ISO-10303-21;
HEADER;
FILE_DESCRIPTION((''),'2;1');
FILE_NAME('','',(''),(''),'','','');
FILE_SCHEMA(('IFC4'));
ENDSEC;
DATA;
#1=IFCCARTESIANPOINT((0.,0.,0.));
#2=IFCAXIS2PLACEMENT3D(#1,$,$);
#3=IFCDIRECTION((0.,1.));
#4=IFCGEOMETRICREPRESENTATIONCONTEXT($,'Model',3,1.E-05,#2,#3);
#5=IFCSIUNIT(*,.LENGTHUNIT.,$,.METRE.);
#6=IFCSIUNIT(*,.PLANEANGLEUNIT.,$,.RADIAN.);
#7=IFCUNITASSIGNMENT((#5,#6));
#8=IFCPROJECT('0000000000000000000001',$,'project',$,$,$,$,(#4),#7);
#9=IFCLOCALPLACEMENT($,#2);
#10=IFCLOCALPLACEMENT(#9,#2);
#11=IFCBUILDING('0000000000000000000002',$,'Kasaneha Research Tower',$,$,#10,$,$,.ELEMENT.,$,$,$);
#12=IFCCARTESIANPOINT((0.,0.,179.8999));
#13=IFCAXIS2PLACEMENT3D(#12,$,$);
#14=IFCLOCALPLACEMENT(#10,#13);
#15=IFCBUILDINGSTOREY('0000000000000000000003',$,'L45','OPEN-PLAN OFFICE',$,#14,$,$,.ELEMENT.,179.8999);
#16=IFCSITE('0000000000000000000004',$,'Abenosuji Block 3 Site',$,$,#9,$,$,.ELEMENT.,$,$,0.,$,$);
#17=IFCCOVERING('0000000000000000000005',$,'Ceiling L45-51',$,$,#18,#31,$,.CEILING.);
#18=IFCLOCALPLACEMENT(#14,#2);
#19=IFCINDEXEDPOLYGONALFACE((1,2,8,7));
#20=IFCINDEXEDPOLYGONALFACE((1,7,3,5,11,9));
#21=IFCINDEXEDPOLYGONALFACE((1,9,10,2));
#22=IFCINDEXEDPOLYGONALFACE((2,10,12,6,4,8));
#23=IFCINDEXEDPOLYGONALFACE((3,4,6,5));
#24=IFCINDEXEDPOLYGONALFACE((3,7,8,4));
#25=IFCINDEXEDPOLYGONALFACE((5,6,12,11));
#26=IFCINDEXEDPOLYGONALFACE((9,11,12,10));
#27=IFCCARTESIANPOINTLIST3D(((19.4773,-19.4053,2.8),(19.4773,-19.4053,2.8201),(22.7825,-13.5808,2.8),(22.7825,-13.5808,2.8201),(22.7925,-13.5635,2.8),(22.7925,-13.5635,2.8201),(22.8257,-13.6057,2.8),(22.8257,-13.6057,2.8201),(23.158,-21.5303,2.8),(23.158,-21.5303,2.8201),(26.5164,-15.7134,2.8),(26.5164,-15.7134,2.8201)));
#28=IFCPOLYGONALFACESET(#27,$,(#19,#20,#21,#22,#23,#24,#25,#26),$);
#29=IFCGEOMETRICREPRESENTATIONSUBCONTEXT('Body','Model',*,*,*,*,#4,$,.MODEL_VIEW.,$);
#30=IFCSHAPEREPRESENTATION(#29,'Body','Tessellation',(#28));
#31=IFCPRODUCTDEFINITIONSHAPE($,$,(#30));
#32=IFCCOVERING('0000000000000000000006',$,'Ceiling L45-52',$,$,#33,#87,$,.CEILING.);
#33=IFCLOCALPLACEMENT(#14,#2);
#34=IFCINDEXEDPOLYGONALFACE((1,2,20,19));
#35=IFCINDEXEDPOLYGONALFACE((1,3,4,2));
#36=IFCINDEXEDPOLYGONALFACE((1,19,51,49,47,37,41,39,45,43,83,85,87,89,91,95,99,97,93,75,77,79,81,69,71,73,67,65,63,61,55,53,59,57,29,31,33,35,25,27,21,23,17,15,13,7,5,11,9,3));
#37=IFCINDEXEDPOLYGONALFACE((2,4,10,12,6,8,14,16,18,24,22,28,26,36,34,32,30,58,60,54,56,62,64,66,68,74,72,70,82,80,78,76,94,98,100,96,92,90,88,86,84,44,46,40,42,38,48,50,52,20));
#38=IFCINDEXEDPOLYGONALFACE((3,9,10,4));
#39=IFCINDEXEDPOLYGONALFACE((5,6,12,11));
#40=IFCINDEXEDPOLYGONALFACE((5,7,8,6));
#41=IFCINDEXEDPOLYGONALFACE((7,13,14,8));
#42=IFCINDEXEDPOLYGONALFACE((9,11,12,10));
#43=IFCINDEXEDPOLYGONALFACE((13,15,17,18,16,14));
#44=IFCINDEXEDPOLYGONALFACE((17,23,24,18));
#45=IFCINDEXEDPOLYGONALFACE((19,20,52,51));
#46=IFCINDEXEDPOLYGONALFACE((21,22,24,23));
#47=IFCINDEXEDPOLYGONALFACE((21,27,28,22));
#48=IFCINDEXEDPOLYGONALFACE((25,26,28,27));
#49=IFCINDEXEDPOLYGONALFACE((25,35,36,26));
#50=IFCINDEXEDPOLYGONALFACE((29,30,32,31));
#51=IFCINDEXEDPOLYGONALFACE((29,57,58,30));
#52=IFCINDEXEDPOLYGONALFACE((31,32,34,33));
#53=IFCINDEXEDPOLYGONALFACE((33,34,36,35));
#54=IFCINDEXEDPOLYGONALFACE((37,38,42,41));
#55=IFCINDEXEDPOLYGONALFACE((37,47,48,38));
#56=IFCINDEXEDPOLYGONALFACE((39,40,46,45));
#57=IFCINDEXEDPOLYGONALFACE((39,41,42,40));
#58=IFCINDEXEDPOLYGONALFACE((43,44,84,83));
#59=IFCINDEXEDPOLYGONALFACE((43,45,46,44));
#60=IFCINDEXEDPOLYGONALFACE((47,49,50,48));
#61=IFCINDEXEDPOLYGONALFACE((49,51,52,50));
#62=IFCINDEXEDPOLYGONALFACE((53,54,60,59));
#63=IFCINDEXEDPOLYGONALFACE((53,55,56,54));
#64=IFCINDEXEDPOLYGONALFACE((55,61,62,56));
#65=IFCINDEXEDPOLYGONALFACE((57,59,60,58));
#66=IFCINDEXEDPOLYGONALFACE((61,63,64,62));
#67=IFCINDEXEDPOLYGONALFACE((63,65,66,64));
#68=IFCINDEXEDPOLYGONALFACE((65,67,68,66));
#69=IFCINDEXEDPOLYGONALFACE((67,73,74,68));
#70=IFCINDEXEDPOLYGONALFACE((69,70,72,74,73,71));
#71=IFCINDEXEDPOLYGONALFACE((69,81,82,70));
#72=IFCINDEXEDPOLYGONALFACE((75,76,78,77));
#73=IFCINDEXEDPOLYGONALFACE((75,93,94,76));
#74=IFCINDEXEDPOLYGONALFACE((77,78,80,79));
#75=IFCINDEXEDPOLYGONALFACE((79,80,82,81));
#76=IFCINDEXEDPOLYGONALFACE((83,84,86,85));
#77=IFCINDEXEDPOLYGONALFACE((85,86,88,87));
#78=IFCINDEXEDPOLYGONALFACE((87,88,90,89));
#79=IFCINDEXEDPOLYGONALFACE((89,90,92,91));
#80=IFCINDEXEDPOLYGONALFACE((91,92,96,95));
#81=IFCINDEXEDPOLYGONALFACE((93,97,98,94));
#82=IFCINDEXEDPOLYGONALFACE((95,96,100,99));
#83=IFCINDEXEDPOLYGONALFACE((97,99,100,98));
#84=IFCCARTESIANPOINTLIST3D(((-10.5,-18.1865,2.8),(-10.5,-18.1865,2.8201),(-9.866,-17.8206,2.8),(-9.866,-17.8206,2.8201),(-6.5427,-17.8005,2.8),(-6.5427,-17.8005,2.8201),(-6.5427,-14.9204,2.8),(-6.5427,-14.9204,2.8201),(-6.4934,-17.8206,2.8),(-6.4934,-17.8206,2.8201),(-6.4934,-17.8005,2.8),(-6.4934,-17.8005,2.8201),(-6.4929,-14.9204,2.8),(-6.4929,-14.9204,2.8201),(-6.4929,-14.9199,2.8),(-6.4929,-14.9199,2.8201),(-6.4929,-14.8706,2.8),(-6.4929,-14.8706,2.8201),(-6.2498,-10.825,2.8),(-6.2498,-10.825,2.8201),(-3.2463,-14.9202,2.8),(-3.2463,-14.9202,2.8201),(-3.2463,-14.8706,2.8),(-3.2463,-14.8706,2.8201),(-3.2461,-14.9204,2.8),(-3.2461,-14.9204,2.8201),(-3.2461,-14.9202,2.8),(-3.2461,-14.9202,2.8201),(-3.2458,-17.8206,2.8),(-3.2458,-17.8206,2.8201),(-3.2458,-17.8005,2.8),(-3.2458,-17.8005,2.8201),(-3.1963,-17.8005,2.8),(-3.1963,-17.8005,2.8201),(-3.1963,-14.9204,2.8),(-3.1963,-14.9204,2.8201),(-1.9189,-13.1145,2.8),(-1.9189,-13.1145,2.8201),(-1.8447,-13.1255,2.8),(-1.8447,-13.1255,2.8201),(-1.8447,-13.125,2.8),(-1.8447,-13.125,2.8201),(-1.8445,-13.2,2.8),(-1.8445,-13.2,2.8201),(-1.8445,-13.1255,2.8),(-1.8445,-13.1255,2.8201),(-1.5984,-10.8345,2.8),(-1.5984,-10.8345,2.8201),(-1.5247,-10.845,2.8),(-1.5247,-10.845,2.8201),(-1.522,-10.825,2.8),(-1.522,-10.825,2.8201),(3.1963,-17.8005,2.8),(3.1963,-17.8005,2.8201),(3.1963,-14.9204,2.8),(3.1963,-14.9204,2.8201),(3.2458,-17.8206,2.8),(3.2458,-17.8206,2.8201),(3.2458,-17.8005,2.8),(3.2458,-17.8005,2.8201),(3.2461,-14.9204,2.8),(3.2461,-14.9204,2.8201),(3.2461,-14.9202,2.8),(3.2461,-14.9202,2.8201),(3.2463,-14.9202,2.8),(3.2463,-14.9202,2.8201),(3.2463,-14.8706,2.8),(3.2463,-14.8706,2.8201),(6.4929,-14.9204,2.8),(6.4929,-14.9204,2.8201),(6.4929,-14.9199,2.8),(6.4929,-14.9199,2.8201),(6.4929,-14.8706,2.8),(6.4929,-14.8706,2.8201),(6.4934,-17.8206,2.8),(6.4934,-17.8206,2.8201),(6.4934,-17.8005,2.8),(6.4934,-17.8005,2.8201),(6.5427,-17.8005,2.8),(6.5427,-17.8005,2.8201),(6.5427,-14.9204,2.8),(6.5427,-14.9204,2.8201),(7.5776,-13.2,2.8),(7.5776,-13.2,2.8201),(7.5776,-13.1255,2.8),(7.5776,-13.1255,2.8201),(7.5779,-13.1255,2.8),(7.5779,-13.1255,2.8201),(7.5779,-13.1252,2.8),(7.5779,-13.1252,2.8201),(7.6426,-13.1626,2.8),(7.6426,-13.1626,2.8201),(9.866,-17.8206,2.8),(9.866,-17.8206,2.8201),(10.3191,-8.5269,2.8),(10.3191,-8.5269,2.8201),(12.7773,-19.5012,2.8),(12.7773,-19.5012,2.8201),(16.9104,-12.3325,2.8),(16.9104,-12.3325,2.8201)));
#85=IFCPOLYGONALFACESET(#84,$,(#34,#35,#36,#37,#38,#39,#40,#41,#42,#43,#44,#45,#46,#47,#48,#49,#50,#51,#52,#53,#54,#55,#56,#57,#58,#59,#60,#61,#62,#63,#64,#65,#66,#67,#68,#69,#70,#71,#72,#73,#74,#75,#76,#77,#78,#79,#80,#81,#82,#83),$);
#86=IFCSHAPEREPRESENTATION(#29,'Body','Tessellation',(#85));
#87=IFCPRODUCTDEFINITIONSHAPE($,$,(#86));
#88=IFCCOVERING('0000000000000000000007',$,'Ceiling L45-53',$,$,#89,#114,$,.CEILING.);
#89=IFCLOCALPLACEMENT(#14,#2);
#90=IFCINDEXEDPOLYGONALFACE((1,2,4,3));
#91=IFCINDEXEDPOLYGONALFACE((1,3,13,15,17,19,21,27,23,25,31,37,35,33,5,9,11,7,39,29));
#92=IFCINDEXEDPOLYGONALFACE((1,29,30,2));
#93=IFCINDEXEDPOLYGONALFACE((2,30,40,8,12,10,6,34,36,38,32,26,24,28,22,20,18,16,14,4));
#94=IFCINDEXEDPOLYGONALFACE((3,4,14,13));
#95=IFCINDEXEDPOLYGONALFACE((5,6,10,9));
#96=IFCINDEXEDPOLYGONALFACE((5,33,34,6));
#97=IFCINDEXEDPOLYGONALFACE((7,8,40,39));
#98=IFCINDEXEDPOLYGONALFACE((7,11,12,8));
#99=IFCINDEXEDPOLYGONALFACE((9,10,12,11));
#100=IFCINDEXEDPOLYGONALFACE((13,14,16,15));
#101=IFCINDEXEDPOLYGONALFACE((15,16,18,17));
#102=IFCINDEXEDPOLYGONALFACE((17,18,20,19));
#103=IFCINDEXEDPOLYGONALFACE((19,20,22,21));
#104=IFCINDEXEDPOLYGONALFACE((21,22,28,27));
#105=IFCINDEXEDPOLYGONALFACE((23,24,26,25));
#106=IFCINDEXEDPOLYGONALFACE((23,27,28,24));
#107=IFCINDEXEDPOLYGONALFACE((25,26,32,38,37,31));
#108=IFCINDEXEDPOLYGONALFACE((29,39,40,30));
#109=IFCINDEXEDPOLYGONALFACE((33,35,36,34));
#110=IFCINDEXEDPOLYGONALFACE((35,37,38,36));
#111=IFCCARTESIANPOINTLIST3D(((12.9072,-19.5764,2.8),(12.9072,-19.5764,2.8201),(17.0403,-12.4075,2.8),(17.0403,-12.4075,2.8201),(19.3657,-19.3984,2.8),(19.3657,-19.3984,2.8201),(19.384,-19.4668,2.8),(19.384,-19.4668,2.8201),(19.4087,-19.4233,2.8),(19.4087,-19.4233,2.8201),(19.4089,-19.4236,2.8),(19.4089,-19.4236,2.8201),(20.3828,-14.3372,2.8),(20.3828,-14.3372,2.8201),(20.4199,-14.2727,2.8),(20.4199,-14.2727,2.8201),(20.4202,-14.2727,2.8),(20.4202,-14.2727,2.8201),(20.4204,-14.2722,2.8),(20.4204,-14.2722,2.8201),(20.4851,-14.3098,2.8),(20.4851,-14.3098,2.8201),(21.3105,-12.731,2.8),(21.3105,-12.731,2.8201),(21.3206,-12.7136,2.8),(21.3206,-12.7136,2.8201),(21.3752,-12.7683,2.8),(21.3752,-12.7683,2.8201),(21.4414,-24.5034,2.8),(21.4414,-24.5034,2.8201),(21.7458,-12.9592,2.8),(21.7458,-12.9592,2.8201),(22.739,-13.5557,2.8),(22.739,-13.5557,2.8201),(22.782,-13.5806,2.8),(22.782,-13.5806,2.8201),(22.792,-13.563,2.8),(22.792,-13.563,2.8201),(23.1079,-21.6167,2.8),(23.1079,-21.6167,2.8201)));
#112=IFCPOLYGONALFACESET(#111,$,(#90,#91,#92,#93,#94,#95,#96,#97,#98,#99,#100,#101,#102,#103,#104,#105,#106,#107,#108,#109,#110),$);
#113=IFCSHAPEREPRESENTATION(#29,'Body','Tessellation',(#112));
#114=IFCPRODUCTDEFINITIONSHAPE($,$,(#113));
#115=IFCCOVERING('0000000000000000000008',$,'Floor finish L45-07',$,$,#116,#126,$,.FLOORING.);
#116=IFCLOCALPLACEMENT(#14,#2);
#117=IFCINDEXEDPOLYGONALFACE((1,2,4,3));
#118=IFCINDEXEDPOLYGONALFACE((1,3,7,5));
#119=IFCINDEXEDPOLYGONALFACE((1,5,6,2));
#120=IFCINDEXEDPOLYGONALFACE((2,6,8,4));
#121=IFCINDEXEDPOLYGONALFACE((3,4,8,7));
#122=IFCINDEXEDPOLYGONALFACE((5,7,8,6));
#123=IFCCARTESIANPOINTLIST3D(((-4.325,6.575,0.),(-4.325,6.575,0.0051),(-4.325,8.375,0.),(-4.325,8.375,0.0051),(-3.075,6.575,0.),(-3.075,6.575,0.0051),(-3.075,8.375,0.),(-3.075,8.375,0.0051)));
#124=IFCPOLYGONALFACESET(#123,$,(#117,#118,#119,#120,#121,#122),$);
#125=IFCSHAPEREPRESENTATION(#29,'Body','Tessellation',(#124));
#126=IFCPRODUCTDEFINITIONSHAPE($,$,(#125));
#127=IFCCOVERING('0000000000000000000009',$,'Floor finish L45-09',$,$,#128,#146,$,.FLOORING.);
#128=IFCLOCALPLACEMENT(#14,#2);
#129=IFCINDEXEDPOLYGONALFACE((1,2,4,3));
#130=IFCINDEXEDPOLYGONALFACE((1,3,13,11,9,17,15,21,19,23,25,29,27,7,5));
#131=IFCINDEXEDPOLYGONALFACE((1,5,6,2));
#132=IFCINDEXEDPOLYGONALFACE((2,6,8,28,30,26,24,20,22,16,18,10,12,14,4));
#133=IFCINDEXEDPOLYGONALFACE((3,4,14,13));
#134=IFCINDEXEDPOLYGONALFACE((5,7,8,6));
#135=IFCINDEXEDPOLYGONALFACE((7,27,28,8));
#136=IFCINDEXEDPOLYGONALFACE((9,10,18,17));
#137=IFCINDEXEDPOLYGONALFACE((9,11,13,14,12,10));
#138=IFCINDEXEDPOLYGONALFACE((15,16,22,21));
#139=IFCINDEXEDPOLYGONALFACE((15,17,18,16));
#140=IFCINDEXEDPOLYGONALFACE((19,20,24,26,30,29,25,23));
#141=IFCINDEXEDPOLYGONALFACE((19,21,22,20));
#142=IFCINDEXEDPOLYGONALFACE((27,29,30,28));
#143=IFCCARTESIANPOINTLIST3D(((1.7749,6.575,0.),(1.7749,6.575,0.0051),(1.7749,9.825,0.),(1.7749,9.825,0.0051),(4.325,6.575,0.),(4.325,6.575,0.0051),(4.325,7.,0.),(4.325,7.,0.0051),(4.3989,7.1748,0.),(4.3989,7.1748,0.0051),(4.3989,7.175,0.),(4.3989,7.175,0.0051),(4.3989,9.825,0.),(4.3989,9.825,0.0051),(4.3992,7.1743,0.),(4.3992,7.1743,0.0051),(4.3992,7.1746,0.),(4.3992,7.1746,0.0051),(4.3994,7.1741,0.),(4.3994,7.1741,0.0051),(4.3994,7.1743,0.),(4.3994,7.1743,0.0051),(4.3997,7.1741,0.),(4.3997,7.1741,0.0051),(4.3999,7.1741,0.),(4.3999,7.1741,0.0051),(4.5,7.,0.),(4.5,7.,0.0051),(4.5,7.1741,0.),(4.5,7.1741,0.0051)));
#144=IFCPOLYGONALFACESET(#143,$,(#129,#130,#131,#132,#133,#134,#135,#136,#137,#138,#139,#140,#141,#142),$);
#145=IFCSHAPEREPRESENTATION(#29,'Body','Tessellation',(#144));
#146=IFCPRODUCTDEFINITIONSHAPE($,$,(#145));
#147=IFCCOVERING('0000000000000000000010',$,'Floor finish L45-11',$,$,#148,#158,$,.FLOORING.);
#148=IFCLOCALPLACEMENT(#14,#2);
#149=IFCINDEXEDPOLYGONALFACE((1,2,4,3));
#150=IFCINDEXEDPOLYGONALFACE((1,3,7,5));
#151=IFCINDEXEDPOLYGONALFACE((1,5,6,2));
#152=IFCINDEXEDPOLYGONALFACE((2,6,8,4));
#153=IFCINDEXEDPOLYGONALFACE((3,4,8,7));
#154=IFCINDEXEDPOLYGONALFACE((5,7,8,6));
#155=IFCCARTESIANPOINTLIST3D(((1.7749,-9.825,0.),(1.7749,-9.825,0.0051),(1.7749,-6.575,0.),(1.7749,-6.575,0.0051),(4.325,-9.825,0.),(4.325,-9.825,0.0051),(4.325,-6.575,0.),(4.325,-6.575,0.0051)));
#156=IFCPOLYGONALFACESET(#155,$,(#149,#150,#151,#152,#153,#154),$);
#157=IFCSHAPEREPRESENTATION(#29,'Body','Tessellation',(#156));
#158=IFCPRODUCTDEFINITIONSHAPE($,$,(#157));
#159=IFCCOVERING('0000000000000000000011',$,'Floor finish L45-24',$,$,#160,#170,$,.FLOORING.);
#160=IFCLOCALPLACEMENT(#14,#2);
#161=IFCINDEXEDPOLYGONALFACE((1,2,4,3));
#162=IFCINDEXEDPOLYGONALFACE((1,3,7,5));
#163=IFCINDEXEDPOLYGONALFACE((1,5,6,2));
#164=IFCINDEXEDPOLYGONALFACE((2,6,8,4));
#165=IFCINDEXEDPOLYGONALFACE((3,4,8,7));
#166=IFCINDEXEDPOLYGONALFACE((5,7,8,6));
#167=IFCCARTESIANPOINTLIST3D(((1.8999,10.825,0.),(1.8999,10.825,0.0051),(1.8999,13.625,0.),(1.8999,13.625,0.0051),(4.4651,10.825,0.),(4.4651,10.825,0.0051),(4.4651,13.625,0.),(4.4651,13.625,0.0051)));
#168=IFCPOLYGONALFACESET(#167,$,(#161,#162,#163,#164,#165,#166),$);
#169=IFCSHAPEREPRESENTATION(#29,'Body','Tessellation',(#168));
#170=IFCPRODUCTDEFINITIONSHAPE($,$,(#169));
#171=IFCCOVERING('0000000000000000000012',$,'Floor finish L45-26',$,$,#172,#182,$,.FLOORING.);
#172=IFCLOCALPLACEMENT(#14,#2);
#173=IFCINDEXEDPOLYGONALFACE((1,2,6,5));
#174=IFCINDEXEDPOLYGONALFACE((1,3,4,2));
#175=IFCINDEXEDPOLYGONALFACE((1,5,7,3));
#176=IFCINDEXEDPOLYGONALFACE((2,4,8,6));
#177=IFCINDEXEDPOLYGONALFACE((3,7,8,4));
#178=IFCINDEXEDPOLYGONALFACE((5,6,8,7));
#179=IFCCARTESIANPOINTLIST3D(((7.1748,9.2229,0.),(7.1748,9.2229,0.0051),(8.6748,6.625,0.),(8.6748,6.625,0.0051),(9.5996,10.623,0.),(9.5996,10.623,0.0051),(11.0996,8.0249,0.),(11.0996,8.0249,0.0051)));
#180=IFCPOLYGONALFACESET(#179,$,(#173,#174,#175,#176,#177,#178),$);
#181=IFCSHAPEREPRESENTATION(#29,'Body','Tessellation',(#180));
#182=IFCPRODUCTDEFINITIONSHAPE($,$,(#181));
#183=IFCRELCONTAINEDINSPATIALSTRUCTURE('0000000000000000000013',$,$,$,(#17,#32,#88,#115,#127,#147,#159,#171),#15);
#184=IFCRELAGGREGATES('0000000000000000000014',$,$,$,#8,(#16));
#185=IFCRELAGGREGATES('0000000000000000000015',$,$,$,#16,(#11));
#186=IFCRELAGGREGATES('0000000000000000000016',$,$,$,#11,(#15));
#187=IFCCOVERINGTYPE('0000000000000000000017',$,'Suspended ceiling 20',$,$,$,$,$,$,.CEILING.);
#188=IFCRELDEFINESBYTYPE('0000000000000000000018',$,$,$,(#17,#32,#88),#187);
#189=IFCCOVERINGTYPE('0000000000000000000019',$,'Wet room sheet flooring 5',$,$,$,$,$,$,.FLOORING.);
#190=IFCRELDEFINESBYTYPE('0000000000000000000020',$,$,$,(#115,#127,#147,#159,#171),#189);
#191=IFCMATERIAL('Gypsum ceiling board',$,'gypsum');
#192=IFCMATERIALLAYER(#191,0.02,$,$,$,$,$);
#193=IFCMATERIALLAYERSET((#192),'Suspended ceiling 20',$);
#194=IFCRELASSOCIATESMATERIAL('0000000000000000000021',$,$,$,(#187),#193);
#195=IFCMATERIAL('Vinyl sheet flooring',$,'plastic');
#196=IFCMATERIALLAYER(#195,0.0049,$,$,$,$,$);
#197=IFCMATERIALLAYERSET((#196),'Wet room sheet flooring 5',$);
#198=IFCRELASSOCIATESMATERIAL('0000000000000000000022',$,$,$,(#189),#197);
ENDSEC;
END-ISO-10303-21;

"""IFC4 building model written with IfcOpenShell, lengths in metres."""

from ifc_helpers import new_model, si_unit, direction, frame, origin, place, context, subcontext, project, spatial, polyline, outline, extrude, material, layer, layer_set, type_object, element, save


model = new_model("IFC4")

# Units and contexts
model_context = context("Model", 3, precision=1e-05, world=origin(), true_north=direction((0.0, 1.0)))
body_context = subcontext(model_context, "Body", "Model", "MODEL_VIEW")
ifc_project = project(units=[si_unit("LENGTHUNIT", "METRE"), si_unit("PLANEANGLEUNIT", "RADIAN")], contexts=[model_context])

# Site, building, storey
site_placement = place(None, origin())
site = spatial("IfcSite", under=ifc_project, at=site_placement, Name="Abenosuji Block 3 Site", CompositionType="ELEMENT", RefElevation=0.0)
building_placement = place(site_placement, origin())
building = spatial("IfcBuilding", under=site, at=building_placement, Name="Kasaneha Research Tower", CompositionType="ELEMENT")
storey_placement = place(building_placement, frame((0.0, 0.0, 179.8999)))
storey = spatial("IfcBuildingStorey", under=building, at=storey_placement, Name="L45", Description="OPEN-PLAN OFFICE", CompositionType="ELEMENT", Elevation=179.8999)

# Coverings
ifc_material_1 = material(Name="Gypsum ceiling board", Category="gypsum")
ifc_layer_1 = layer(ifc_material_1, 0.02)
ifc_layer_set_1 = layer_set([ifc_layer_1], Name="Suspended ceiling 20")
covering_type_1 = type_object("IfcCoveringType", Name="Suspended ceiling 20", PredefinedType="CEILING", material=ifc_layer_set_1)
covering_1_placement = place(storey_placement, frame((0.0, 0.0, 2.8)))
element("IfcCovering", 1, at=covering_1_placement, inside=storey, type_object=covering_type_1, Name="Ceiling L45-51", PredefinedType="CEILING", context=body_context, shape_type="SweptSolid", body=[
    extrude(outline(polyline([(23.158, -21.5303), (19.4773, -19.4053), (22.8257, -13.6057), (22.7825, -13.5808), (22.7925, -13.5635), (26.5164, -15.7134), (23.158, -21.5303)])), origin(), (0.0, 0.0, 1.0), 0.02),
])
covering_2_placement = place(storey_placement, frame((0.0, 0.0, 2.8)))
element("IfcCovering", 2, at=covering_2_placement, inside=storey, type_object=covering_type_1, Name="Ceiling L45-52", PredefinedType="CEILING", context=body_context, shape_type="SweptSolid", body=[
    extrude(outline(polyline([(6.4929, -14.9199), (6.4929, -14.8706), (3.2463, -14.8706), (3.2463, -14.9202), (3.2461, -14.9202), (3.2461, -14.9204), (3.1963, -14.9204), (3.1963, -17.8005), (3.2458, -17.8005), (3.2458, -17.8206), (-3.2458, -17.8206), (-3.2458, -17.8005), (-3.1963, -17.8005), (-3.1963, -14.9204), (-3.2461, -14.9204), (-3.2461, -14.9202), (-3.2463, -14.9202), (-3.2463, -14.8706), (-6.4929, -14.8706), (-6.4929, -14.9199), (-6.4929, -14.9199), (-6.4929, -14.9204), (-6.5427, -14.9204), (-6.5427, -17.8005), (-6.4934, -17.8005), (-6.4934, -17.8206), (-9.866, -17.8206), (-10.5, -18.1865), (-6.2498, -10.825), (-1.522, -10.825), (-1.5247, -10.845), (-1.5984, -10.8345), (-1.9189, -13.1145), (-1.8447, -13.125), (-1.8447, -13.1255), (-1.8445, -13.1255), (-1.8445, -13.2), (7.5776, -13.2), (7.5776, -13.1255), (7.5779, -13.1255), (7.5779, -13.1252), (7.6426, -13.1626), (10.3191, -8.5269), (16.9104, -12.3325), (12.7773, -19.5012), (9.866, -17.8206), (6.4934, -17.8206), (6.4934, -17.8005), (6.5427, -17.8005), (6.5427, -14.9204), (6.4929, -14.9204), (6.4929, -14.9199), (6.4929, -14.9199)])), origin(), (0.0, 0.0, 1.0), 0.02),
])
covering_3_placement = place(storey_placement, frame((0.0, 0.0, 2.8)))
element("IfcCovering", 3, at=covering_3_placement, inside=storey, type_object=covering_type_1, Name="Ceiling L45-53", PredefinedType="CEILING", context=body_context, shape_type="SweptSolid", body=[
    extrude(outline(polyline([(20.4204, -14.2722), (20.4851, -14.3098), (21.3752, -12.7683), (21.3105, -12.731), (21.3206, -12.7136), (21.7458, -12.9592), (22.792, -13.563), (22.782, -13.5806), (22.739, -13.5557), (19.3657, -19.3984), (19.4087, -19.4233), (19.4087, -19.4233), (19.4089, -19.4236), (19.384, -19.4668), (23.1079, -21.6167), (21.4414, -24.5034), (12.9072, -19.5764), (17.0403, -12.4075), (20.3828, -14.3372), (20.4199, -14.2727), (20.4202, -14.2727), (20.4204, -14.2722)])), origin(), (0.0, 0.0, 1.0), 0.02),
])
ifc_material_2 = material(Name="Vinyl sheet flooring", Category="plastic")
ifc_layer_2 = layer(ifc_material_2, 0.0049)
ifc_layer_set_2 = layer_set([ifc_layer_2], Name="Wet room sheet flooring 5")
covering_type_2 = type_object("IfcCoveringType", Name="Wet room sheet flooring 5", PredefinedType="FLOORING", material=ifc_layer_set_2)
covering_4_placement = place(storey_placement, origin())
element("IfcCovering", 4, at=covering_4_placement, inside=storey, type_object=covering_type_2, Name="Floor finish L45-07", PredefinedType="FLOORING", context=body_context, shape_type="SweptSolid", body=[
    extrude(outline(polyline([(-4.325, 6.575), (-4.325, 8.375), (-3.075, 8.375), (-3.075, 6.575), (-4.325, 6.575)])), origin(), (0.0, 0.0, 1.0), 0.0051),
])
covering_5_placement = place(storey_placement, origin())
element("IfcCovering", 5, at=covering_5_placement, inside=storey, type_object=covering_type_2, Name="Floor finish L45-09", PredefinedType="FLOORING", context=body_context, shape_type="SweptSolid", body=[
    extrude(outline(polyline([(4.3989, 9.825), (4.3989, 7.175), (4.3989, 7.1748), (4.3989, 7.1748), (4.3989, 7.1748), (4.3992, 7.1746), (4.3992, 7.1746), (4.3992, 7.1746), (4.3992, 7.1743), (4.3992, 7.1743), (4.3994, 7.1743), (4.3994, 7.1741), (4.3994, 7.1741), (4.3997, 7.1741), (4.3997, 7.1741), (4.3999, 7.1741), (4.3999, 7.1741), (4.3999, 7.1741), (4.5, 7.1741), (4.5, 7.0), (4.325, 7.0), (4.325, 6.575), (1.7749, 6.575), (1.7749, 9.825), (4.3989, 9.825)])), origin(), (0.0, 0.0, 1.0), 0.0051),
])
covering_6_placement = place(storey_placement, origin())
element("IfcCovering", 6, at=covering_6_placement, inside=storey, type_object=covering_type_2, Name="Floor finish L45-11", PredefinedType="FLOORING", context=body_context, shape_type="SweptSolid", body=[
    extrude(outline(polyline([(1.7749, -9.825), (1.7749, -6.575), (4.325, -6.575), (4.325, -9.825), (1.7749, -9.825)])), origin(), (0.0, 0.0, 1.0), 0.0051),
])
covering_7_placement = place(storey_placement, origin())
element("IfcCovering", 7, at=covering_7_placement, inside=storey, type_object=covering_type_2, Name="Floor finish L45-24", PredefinedType="FLOORING", context=body_context, shape_type="SweptSolid", body=[
    extrude(outline(polyline([(4.4651, 13.625), (4.4651, 10.825), (1.8999, 10.825), (1.8999, 13.625), (4.4651, 13.625)])), origin(), (0.0, 0.0, 1.0), 0.0051),
])
covering_8_placement = place(storey_placement, origin())
element("IfcCovering", 8, at=covering_8_placement, inside=storey, type_object=covering_type_2, Name="Floor finish L45-26", PredefinedType="FLOORING", context=body_context, shape_type="SweptSolid", body=[
    extrude(outline(polyline([(11.0996, 8.0249), (8.6748, 6.625), (7.1748, 9.2229), (9.5996, 10.623), (11.0996, 8.0249)])), origin(), (0.0, 0.0, 1.0), 0.0051),
])

save(model, "model.ifc")
